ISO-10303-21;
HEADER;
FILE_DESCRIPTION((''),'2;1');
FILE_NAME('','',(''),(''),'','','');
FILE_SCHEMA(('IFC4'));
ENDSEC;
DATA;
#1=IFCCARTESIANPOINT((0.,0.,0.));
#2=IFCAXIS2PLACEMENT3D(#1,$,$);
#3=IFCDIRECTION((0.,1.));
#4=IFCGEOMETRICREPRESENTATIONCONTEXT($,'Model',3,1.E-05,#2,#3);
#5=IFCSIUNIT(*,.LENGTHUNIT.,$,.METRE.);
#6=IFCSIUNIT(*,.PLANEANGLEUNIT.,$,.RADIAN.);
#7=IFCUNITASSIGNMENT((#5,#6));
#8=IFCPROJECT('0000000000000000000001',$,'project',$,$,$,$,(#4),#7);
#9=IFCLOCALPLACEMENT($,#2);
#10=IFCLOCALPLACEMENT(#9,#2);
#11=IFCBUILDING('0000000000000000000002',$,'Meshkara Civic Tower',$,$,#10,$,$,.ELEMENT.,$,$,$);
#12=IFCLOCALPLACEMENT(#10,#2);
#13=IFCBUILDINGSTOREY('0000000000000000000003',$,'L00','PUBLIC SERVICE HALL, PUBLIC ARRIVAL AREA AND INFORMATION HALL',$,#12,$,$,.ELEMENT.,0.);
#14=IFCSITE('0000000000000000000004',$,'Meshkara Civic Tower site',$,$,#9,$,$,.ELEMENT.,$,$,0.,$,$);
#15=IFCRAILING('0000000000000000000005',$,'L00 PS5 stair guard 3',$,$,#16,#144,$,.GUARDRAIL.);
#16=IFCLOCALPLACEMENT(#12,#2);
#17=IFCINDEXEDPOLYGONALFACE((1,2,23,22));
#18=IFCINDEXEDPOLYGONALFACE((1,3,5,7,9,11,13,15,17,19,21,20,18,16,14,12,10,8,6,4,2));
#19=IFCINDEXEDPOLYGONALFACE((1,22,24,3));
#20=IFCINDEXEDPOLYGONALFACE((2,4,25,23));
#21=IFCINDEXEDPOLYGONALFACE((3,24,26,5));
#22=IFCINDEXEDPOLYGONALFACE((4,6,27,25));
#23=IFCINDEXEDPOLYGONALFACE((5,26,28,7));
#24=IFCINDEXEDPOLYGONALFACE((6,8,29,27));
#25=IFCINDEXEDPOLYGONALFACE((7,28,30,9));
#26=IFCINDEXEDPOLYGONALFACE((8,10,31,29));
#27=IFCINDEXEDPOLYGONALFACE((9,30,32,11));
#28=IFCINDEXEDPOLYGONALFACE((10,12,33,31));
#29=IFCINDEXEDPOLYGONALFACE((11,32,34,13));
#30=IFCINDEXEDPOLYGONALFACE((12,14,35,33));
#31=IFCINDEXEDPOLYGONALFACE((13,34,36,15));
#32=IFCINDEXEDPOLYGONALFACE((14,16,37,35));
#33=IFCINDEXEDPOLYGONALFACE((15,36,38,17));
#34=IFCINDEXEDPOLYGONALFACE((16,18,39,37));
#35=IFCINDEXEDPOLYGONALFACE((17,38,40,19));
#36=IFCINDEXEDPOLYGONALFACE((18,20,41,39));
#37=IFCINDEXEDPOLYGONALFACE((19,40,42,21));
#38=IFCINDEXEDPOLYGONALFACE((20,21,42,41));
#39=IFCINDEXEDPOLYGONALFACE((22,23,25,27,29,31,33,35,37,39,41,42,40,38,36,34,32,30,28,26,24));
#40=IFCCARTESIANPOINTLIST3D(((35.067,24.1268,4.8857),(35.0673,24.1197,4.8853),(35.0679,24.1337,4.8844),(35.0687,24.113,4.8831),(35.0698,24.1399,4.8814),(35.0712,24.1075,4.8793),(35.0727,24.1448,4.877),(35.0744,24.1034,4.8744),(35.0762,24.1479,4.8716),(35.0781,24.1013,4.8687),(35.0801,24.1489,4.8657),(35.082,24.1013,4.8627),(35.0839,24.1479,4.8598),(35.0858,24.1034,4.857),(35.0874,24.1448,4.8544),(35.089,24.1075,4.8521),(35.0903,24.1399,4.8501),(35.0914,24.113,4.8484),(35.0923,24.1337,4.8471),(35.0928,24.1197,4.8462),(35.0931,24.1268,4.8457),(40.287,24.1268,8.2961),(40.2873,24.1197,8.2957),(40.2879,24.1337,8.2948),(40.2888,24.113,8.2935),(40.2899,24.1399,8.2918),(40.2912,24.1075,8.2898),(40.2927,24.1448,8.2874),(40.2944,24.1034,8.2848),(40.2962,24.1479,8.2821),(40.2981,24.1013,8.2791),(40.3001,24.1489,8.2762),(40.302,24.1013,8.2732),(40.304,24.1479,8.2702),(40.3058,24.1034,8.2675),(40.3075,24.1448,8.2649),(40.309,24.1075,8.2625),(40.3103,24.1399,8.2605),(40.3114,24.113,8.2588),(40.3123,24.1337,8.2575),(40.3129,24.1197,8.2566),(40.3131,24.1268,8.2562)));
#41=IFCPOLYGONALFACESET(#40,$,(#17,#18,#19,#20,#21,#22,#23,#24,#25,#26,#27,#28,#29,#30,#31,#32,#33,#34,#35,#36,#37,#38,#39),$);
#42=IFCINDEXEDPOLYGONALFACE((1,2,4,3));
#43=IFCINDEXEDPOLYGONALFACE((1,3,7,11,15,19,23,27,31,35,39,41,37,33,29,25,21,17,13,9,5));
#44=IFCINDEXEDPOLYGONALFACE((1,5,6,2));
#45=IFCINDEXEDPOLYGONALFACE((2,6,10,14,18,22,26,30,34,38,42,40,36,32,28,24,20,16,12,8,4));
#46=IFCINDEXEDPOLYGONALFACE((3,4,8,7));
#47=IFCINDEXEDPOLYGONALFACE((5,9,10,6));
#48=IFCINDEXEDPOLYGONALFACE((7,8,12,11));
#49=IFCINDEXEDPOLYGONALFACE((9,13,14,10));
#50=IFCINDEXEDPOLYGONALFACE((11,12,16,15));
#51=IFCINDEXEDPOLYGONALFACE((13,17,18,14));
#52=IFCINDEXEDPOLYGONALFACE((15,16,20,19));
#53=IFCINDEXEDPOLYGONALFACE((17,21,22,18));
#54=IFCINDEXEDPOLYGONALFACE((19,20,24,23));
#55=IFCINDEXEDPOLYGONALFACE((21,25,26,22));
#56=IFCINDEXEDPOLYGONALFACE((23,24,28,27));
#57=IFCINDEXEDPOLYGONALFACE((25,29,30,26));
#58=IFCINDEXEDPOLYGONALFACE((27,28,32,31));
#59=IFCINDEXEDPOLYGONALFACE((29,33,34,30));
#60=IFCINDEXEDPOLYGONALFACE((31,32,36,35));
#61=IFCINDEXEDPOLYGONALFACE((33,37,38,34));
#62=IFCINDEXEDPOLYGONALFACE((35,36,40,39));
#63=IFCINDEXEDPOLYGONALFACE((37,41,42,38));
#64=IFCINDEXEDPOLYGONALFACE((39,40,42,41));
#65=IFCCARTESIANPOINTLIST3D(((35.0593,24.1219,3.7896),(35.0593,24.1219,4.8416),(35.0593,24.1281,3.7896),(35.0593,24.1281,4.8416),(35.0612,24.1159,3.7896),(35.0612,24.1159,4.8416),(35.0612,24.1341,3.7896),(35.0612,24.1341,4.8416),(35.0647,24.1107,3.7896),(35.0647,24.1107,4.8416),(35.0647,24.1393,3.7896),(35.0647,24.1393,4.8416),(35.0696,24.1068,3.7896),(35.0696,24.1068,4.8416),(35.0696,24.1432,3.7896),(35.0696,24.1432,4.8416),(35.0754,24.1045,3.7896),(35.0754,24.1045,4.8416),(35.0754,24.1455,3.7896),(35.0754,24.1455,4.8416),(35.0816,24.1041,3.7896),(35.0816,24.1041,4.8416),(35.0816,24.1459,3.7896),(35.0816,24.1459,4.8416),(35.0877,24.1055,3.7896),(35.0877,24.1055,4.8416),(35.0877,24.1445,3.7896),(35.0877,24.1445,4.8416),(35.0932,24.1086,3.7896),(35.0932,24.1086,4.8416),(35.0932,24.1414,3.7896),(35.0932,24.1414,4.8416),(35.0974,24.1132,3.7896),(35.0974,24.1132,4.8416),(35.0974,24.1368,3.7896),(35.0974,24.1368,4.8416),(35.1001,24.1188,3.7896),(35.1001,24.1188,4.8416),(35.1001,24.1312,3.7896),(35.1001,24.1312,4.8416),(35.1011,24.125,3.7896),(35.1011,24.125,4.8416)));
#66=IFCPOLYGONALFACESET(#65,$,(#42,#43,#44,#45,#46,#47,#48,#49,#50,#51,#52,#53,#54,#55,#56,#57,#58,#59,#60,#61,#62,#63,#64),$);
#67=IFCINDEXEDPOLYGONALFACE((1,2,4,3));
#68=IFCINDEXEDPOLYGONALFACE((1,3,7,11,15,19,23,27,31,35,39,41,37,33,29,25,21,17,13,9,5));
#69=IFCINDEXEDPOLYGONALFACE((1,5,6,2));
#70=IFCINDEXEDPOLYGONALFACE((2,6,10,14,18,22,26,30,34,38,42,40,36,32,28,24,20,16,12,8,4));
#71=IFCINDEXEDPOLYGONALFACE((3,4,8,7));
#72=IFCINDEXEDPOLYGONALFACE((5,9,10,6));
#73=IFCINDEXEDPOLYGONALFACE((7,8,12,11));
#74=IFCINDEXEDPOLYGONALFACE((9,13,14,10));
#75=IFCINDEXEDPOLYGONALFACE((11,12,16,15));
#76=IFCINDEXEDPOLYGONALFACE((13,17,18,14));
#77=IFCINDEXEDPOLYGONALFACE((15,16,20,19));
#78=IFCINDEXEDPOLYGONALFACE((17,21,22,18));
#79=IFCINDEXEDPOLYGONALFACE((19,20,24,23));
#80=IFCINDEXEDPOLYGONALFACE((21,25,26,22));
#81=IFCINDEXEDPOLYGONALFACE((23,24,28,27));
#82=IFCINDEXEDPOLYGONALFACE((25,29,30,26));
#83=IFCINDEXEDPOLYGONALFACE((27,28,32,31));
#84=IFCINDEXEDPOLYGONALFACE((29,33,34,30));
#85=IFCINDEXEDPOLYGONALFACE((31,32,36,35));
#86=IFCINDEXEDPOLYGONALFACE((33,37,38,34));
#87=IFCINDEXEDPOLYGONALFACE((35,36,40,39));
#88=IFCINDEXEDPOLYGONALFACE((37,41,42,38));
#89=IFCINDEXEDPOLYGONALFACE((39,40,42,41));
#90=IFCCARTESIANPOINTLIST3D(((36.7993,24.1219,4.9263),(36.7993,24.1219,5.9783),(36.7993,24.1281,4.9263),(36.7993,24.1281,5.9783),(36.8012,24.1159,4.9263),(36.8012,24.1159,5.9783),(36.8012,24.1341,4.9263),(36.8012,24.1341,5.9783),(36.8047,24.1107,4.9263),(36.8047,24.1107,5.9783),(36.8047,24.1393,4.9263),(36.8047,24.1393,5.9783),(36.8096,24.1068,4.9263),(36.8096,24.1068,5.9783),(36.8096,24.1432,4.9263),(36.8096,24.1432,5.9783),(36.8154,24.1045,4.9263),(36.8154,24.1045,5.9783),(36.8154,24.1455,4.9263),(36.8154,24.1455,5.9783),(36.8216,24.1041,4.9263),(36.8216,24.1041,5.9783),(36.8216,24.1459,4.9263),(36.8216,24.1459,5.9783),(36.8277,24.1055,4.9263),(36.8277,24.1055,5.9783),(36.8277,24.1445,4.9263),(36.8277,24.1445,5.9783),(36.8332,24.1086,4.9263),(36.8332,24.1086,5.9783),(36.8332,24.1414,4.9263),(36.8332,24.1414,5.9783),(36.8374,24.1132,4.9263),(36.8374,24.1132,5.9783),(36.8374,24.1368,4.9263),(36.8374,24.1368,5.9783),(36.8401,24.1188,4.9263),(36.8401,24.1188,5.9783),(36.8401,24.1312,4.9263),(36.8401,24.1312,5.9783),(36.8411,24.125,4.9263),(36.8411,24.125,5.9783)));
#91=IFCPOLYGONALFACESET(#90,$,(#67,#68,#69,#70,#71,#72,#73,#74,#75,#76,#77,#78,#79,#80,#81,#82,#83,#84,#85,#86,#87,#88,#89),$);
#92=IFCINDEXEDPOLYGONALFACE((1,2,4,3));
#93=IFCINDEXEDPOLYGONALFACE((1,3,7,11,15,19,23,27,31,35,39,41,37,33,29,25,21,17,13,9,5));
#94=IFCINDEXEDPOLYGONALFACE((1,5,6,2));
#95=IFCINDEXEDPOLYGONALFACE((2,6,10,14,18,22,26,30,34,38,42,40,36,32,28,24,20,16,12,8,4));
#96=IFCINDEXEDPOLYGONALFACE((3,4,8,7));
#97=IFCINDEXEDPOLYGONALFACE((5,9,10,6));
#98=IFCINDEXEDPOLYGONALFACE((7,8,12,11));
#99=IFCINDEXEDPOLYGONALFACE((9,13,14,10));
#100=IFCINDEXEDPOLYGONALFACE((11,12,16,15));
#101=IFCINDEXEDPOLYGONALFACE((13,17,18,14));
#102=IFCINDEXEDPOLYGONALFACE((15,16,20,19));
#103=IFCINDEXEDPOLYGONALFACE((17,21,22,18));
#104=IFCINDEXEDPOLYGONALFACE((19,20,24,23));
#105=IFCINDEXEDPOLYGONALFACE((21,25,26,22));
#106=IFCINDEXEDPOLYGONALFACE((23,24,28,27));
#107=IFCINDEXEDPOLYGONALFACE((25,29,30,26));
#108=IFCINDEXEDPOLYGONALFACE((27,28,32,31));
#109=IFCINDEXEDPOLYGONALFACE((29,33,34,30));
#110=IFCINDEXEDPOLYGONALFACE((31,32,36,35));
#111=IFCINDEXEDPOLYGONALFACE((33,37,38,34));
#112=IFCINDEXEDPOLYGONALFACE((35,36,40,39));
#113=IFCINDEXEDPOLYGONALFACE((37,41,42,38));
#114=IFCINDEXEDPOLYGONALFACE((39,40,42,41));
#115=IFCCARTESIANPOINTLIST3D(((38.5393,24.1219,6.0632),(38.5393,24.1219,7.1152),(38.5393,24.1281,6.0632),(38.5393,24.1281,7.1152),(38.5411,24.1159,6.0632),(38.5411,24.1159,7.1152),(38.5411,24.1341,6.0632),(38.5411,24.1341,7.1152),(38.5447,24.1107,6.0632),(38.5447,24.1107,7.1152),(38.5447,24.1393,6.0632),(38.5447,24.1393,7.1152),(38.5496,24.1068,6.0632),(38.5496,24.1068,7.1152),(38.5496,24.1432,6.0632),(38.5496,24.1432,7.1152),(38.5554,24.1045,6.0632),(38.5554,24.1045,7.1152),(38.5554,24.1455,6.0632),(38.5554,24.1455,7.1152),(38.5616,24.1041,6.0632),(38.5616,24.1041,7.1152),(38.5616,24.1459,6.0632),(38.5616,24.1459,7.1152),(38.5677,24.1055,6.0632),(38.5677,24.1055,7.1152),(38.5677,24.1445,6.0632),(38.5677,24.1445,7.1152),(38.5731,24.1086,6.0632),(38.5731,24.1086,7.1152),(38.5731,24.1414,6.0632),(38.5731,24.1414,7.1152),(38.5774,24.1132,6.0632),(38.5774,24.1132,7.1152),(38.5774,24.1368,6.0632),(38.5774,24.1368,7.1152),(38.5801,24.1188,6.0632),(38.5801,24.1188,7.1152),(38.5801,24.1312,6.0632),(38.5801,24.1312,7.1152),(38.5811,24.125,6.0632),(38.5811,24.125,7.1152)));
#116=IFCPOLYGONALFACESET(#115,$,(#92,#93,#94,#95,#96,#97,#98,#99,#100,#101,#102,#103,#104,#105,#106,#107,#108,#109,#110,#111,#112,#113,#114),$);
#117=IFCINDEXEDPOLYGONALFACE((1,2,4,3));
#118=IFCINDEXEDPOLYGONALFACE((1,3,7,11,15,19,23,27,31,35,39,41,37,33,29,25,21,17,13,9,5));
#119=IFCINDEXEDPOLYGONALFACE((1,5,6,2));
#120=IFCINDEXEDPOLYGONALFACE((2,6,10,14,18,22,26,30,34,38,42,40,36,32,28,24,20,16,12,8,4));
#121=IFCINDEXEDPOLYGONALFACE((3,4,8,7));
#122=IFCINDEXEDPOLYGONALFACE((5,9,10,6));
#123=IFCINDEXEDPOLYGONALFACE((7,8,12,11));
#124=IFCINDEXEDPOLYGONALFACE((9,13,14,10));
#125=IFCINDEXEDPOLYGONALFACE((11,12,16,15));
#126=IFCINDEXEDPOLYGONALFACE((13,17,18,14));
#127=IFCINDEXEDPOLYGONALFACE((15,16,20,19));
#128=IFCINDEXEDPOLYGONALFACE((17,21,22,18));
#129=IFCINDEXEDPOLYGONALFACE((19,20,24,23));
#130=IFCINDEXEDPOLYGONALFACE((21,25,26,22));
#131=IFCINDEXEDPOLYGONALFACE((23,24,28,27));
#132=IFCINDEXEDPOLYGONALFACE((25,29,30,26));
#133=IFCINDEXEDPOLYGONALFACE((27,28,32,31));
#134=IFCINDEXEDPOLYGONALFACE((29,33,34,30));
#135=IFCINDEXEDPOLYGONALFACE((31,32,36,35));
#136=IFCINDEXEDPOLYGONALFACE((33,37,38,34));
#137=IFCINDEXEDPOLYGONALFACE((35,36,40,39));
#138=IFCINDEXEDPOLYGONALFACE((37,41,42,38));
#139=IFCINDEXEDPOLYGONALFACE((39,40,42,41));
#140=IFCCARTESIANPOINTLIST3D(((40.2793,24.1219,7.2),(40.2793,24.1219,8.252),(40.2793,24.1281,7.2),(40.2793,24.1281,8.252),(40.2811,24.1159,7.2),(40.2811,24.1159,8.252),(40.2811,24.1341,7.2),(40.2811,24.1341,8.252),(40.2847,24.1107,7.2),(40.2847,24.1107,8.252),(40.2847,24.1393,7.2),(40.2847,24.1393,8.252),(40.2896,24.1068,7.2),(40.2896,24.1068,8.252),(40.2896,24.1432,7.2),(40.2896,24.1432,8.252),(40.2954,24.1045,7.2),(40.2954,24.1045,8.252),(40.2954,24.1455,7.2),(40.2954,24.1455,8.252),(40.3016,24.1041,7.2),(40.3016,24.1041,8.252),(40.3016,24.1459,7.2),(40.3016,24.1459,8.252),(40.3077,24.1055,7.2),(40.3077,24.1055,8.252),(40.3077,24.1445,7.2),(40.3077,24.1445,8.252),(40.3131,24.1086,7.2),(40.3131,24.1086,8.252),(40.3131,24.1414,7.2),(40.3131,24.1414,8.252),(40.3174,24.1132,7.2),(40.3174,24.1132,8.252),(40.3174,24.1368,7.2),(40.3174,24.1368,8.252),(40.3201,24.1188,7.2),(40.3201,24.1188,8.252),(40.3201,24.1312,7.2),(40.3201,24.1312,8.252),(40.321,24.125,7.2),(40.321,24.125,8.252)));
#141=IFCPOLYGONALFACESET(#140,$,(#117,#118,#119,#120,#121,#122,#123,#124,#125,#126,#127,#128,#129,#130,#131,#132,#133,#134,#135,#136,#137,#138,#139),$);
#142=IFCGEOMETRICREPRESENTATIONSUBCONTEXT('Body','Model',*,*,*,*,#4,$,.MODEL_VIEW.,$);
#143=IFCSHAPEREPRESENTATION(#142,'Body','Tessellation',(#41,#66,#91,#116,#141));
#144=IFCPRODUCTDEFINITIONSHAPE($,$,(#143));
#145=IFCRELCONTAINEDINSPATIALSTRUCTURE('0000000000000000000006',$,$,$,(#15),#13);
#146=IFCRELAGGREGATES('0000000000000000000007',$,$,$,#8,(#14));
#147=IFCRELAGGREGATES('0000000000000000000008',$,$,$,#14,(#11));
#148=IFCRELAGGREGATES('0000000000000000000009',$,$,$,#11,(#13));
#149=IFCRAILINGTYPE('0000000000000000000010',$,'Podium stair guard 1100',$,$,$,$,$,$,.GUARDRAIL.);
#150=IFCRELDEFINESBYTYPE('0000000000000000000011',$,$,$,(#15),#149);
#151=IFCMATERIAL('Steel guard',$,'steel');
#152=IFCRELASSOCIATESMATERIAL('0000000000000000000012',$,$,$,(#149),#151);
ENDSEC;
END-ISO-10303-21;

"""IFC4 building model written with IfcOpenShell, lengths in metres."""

from ifc_helpers import new_model, si_unit, direction, frame, origin, origin_2d, place, context, subcontext, project, spatial, circle, extrude, material, type_object, element, save


model = new_model("IFC4")

# Units and contexts
model_context = context("Model", 3, precision=1e-05, world=origin(), true_north=direction((0.0, 1.0)))
body_context = subcontext(model_context, "Body", "Model", "MODEL_VIEW")
ifc_project = project(units=[si_unit("LENGTHUNIT", "METRE"), si_unit("PLANEANGLEUNIT", "RADIAN")], contexts=[model_context])

# Site, building, storey
site_placement = place(None, origin())
site = spatial("IfcSite", under=ifc_project, at=site_placement, Name="Meshkara Civic Tower site", CompositionType="ELEMENT", RefElevation=0.0)
building_placement = place(site_placement, origin())
building = spatial("IfcBuilding", under=site, at=building_placement, Name="Meshkara Civic Tower", CompositionType="ELEMENT")
storey_placement = place(building_placement, origin())
storey = spatial("IfcBuildingStorey", under=building, at=storey_placement, Name="L00", Description="PUBLIC SERVICE HALL, PUBLIC ARRIVAL AREA AND INFORMATION HALL", CompositionType="ELEMENT", Elevation=0.0)

# Railing
ifc_material_1 = material(Name="Steel guard", Category="steel")
railing_type_1 = type_object("IfcRailingType", Name="Podium stair guard 1100", PredefinedType="GUARDRAIL", material=ifc_material_1)
railing_1_placement = place(storey_placement, frame((35.0801, 24.125, 3.7896)))
element("IfcRailing", 1, at=railing_1_placement, inside=storey, type_object=railing_type_1, Name="L00 PS5 stair guard 3", PredefinedType="GUARDRAIL", context=body_context, shape_type="SweptSolid", body=[
    extrude(circle(Radius=0.0239, at=origin_2d()), frame((0.0, 0.0, 1.0762), z_axis=(0.837165, 0.0, 0.546951), x_axis=(0.0, 1.0, 0.0)), (0.0, 0.0, 1.0), 6.2354),
    extrude(circle(Radius=0.021, at=origin_2d()), origin(), (0.0, 0.0, 1.0), 1.052),
    extrude(circle(Radius=0.021, at=origin_2d()), frame((1.74, 0.0, 1.1367)), (0.0, 0.0, 1.0), 1.052),
    extrude(circle(Radius=0.021, at=origin_2d()), frame((3.48, 0.0, 2.2737)), (0.0, 0.0, 1.0), 1.052),
    extrude(circle(Radius=0.021, at=origin_2d()), frame((5.22, 0.0, 3.4104)), (0.0, 0.0, 1.0), 1.052),
])

save(model, "model.ifc")
